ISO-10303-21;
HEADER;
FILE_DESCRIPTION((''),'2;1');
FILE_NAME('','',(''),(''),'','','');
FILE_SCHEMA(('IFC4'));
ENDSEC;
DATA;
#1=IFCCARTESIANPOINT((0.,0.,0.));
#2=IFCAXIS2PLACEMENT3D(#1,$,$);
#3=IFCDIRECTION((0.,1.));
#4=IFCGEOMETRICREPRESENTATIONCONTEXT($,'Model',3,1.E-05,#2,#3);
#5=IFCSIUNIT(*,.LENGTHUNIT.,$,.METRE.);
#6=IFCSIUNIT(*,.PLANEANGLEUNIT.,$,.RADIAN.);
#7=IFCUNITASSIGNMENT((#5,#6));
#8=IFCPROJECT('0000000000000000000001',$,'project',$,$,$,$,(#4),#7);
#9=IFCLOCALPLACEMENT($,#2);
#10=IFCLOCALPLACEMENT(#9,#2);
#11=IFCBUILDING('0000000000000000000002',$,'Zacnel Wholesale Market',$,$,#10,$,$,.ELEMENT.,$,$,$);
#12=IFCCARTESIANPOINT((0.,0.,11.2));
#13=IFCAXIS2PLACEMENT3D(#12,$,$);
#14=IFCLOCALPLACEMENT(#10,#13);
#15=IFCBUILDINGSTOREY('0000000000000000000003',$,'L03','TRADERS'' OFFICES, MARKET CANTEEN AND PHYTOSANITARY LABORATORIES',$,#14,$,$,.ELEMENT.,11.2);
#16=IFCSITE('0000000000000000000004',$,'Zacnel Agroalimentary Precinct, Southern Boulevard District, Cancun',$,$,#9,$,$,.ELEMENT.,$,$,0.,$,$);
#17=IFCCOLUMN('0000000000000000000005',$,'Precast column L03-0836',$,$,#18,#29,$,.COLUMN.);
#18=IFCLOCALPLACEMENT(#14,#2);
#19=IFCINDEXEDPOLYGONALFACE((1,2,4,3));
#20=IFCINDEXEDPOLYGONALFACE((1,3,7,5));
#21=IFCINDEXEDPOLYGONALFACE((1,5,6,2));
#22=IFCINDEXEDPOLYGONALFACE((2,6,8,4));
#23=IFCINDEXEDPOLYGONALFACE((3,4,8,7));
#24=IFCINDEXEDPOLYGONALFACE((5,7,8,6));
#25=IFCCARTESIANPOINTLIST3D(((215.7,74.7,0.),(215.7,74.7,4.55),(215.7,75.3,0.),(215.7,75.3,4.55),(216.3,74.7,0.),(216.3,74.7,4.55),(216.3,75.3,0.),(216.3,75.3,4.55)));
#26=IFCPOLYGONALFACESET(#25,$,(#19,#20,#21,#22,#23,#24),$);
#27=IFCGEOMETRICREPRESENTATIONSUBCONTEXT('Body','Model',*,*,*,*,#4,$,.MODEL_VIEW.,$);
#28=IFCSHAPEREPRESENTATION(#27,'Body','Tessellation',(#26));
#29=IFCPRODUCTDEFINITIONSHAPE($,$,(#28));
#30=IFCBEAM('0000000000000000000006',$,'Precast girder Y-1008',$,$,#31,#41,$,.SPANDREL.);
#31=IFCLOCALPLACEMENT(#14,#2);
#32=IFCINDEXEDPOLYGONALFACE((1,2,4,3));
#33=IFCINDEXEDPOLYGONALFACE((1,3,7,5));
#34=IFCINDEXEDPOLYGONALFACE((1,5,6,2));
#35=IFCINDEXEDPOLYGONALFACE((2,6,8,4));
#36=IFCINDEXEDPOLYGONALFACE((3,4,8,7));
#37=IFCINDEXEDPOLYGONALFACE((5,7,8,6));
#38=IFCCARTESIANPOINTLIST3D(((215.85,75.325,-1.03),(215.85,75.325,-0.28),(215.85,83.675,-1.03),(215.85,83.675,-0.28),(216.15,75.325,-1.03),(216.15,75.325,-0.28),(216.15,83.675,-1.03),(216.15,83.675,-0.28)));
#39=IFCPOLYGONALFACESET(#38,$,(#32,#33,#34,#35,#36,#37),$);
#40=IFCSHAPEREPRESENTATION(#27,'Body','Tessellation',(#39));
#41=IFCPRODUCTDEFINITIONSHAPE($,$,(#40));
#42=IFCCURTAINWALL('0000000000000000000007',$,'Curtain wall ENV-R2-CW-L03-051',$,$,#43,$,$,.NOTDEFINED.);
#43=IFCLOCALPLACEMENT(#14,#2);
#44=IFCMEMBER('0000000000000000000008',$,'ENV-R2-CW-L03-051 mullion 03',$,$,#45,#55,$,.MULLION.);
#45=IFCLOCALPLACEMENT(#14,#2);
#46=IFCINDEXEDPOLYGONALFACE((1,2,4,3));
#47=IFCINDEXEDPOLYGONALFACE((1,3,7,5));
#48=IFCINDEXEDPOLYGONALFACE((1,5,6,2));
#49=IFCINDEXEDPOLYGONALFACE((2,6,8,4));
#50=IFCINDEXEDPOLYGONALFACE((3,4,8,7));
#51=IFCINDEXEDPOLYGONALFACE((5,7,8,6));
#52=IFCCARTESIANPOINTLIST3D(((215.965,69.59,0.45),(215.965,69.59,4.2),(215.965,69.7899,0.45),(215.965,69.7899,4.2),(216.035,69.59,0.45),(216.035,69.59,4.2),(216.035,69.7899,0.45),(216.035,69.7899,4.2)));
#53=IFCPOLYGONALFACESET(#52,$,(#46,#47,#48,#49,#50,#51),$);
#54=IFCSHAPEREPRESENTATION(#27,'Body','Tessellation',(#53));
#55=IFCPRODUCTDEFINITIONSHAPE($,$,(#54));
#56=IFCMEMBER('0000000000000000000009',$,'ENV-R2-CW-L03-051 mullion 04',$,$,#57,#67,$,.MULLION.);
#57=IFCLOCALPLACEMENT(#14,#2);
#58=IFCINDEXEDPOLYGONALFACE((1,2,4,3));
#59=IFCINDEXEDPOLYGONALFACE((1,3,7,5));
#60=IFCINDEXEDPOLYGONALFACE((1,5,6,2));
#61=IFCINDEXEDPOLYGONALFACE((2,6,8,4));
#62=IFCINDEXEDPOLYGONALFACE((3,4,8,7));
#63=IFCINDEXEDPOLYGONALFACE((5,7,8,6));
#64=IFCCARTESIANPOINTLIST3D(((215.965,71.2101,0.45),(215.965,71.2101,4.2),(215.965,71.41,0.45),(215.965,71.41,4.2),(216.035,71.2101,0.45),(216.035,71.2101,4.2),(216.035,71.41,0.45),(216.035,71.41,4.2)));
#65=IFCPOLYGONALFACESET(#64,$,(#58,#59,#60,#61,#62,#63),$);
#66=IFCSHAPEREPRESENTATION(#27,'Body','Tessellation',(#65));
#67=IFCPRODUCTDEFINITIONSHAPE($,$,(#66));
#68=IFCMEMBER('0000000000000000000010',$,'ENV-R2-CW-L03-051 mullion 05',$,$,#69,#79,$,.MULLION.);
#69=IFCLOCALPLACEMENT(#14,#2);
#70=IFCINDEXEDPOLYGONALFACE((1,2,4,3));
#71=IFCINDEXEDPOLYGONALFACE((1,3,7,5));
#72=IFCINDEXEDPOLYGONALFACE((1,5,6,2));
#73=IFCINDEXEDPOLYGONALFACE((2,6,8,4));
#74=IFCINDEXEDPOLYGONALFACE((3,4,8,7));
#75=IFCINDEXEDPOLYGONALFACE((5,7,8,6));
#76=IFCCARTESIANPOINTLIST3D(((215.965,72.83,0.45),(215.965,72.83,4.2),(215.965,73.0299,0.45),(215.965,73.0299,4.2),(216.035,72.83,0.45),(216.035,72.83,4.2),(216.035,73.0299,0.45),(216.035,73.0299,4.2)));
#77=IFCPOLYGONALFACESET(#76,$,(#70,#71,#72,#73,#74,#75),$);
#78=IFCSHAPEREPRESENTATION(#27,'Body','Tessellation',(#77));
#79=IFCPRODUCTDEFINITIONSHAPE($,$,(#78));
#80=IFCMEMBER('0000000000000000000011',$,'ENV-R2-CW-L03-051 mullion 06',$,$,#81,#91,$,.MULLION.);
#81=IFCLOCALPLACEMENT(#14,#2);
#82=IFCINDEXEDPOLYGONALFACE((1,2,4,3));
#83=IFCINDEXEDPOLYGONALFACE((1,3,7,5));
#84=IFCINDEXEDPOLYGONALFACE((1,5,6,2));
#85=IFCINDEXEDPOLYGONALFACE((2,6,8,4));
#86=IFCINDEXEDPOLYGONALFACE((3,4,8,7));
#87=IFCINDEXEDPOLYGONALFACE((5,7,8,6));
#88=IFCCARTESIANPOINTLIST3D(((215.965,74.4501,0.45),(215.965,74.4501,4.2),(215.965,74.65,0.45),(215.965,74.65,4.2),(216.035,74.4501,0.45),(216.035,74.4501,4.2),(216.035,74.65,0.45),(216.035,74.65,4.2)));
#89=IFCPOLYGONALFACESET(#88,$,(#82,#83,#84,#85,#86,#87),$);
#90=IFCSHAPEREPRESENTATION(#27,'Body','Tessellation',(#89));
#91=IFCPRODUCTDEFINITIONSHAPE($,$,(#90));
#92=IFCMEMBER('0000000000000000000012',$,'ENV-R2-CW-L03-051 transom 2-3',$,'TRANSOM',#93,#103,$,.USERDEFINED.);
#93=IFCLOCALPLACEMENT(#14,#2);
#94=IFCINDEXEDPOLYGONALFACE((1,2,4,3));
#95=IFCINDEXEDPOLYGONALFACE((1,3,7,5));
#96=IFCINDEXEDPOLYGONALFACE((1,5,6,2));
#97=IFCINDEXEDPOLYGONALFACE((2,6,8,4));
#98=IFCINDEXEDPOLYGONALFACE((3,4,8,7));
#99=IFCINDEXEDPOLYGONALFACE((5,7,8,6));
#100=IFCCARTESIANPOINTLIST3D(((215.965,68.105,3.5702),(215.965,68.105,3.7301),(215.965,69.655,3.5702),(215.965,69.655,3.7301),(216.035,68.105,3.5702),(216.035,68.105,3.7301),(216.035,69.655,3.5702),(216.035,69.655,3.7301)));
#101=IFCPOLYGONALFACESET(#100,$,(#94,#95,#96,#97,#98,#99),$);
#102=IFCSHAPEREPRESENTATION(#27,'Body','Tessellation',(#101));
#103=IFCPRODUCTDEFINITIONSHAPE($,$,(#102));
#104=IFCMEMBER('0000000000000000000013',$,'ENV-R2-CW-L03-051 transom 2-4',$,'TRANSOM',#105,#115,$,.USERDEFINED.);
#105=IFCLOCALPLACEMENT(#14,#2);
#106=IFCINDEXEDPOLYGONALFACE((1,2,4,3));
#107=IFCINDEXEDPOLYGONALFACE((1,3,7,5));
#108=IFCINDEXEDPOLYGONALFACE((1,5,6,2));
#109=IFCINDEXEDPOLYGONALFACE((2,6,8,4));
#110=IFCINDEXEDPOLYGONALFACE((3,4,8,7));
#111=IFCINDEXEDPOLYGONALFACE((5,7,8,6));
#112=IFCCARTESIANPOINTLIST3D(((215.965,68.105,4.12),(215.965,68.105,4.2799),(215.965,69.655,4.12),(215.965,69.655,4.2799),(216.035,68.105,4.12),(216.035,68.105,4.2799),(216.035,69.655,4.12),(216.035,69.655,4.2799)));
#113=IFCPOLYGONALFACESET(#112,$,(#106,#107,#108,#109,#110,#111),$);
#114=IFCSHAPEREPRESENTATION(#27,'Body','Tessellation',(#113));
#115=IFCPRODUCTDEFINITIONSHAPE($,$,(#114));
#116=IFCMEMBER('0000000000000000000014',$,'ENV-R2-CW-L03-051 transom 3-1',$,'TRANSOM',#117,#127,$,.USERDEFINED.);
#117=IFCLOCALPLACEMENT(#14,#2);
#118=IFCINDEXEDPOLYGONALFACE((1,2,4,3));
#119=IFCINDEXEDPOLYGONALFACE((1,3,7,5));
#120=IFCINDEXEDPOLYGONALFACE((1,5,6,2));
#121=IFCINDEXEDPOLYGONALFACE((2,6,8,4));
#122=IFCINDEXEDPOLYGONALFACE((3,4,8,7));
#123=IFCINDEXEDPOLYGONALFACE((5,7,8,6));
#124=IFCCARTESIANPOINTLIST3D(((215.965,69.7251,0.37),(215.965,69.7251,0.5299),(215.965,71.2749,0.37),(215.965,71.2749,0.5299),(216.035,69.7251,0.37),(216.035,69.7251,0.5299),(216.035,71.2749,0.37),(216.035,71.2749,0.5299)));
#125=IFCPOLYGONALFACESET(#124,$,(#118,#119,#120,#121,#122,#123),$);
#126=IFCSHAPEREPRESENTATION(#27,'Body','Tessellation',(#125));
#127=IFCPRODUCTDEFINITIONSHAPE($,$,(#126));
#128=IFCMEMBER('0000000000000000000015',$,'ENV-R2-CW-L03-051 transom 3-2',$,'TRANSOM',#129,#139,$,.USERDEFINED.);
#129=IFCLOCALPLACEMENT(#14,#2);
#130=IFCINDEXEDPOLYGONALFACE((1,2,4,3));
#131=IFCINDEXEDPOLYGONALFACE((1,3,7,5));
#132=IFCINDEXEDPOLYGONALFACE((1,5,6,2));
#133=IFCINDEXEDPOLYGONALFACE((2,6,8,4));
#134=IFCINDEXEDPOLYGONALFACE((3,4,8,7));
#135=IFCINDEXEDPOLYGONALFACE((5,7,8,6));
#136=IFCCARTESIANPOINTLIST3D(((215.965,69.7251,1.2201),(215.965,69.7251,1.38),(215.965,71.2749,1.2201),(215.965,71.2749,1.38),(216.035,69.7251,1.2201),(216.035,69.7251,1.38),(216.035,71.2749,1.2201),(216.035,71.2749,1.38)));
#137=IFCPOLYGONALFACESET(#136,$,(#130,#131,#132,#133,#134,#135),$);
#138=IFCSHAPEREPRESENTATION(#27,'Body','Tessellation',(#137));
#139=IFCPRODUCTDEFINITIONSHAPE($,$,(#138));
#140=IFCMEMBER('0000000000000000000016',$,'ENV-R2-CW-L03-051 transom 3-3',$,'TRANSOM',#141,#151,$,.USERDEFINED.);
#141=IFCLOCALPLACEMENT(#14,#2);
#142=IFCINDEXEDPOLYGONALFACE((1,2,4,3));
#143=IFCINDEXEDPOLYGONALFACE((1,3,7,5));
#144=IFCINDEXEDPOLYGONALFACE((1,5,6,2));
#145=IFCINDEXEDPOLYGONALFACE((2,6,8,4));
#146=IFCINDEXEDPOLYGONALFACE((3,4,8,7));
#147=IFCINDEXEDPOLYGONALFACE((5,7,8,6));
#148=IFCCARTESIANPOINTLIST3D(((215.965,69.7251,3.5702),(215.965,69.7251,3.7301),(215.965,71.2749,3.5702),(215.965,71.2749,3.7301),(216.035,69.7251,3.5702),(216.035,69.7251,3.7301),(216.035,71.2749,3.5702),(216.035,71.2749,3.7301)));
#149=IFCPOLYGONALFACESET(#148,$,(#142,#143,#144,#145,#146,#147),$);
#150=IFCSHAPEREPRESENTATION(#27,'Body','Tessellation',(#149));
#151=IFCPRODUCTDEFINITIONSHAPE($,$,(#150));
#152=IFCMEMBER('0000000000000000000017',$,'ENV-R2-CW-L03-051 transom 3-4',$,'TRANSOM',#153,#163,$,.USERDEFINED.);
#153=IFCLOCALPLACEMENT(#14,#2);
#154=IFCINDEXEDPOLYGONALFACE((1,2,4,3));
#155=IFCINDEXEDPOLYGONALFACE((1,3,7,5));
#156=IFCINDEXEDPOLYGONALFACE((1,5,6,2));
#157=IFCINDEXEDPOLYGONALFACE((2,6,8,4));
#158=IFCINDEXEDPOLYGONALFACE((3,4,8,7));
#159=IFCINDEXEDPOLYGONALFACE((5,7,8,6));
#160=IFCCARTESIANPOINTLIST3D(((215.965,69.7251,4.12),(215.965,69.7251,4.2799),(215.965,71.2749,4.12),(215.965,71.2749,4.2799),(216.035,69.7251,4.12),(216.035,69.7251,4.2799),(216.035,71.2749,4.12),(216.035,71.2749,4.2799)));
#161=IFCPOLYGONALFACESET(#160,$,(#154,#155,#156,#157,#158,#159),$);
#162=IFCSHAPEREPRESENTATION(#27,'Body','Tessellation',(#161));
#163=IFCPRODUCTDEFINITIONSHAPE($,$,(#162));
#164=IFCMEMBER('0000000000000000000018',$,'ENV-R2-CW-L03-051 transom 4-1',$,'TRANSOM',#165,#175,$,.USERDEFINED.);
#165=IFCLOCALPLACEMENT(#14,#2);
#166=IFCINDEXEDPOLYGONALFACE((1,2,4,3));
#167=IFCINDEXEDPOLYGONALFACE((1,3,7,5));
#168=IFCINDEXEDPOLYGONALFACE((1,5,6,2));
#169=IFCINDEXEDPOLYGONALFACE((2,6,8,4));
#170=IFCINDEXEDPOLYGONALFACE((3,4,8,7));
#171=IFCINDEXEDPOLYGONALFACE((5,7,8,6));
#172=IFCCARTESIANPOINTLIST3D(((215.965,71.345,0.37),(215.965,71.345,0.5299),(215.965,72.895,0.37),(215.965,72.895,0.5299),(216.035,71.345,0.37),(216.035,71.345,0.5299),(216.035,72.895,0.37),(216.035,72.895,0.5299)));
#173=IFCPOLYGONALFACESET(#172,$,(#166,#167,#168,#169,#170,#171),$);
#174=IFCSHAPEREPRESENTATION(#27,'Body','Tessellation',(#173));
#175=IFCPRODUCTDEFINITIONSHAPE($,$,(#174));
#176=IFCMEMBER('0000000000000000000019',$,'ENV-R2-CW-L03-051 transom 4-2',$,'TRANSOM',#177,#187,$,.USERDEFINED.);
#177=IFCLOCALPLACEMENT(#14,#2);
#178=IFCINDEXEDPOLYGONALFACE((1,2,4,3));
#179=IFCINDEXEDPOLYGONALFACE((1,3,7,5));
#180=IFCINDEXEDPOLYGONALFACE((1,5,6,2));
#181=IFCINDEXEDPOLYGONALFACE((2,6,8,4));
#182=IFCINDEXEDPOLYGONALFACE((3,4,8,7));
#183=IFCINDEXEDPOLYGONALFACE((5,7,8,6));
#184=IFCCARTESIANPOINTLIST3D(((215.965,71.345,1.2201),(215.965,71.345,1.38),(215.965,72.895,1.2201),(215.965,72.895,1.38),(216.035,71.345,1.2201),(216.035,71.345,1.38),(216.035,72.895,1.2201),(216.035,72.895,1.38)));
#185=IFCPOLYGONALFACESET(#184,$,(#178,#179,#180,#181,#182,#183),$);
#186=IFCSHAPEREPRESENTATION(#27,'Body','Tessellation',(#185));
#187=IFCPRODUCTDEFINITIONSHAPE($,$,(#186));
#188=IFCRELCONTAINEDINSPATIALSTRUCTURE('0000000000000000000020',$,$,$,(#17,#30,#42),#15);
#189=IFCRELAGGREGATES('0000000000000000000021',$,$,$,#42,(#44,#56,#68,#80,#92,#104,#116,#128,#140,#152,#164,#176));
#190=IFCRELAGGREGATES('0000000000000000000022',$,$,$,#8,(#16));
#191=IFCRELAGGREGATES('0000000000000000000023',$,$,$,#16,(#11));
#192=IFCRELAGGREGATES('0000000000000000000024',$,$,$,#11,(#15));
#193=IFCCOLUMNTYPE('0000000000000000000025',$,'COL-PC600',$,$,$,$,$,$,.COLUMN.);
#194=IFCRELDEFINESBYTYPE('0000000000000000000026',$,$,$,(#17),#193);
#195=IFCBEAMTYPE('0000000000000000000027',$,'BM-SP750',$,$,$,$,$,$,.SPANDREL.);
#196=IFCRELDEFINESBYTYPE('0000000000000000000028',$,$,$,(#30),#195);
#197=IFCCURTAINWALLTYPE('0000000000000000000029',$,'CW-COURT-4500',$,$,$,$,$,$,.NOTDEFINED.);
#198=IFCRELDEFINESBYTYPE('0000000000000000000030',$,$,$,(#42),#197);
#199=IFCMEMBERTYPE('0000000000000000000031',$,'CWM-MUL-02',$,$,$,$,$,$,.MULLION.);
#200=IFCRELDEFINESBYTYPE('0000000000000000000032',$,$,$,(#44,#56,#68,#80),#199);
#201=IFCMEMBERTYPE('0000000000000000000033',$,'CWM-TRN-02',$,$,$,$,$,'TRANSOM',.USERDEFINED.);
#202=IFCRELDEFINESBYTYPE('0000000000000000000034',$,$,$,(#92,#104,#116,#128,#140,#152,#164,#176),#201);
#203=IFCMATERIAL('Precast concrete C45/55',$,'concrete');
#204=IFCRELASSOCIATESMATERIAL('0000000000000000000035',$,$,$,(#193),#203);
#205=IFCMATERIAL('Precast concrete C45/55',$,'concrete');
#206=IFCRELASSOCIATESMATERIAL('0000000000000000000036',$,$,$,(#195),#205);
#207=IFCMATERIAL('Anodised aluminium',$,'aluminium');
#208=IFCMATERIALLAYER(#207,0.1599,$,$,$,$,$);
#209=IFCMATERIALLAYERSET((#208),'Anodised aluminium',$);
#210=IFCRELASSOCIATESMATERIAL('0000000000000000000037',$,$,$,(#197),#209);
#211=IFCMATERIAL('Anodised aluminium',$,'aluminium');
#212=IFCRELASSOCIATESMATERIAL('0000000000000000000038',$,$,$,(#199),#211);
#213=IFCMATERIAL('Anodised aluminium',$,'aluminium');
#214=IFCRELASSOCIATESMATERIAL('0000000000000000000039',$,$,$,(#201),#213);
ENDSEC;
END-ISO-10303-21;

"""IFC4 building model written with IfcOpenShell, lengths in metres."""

from ifc_helpers import new_model, si_unit, direction, frame, origin, origin_2d, place, context, subcontext, project, spatial, rectangle, extrude, material, layer, layer_set, material_profile, profile_set, type_object, element, aggregate, save


model = new_model("IFC4")

# Units and contexts
model_context = context("Model", 3, precision=1e-05, world=origin(), true_north=direction((0.0, 1.0)))
body_context = subcontext(model_context, "Body", "Model", "MODEL_VIEW")
ifc_project = project(units=[si_unit("LENGTHUNIT", "METRE"), si_unit("PLANEANGLEUNIT", "RADIAN")], contexts=[model_context])

# Site, building, storey
site_placement = place(None, origin())
site = spatial("IfcSite", under=ifc_project, at=site_placement, Name="Zacnel Agroalimentary Precinct, Southern Boulevard District, Cancun", CompositionType="ELEMENT", RefElevation=0.0)
building_placement = place(site_placement, origin())
building = spatial("IfcBuilding", under=site, at=building_placement, Name="Zacnel Wholesale Market", CompositionType="ELEMENT")
storey_placement = place(building_placement, frame((0.0, 0.0, 11.2)))
storey = spatial("IfcBuildingStorey", under=building, at=storey_placement, Name="L03", Description="TRADERS' OFFICES, MARKET CANTEEN AND PHYTOSANITARY LABORATORIES", CompositionType="ELEMENT", Elevation=11.2)

# Column
ifc_material_1 = material(Name="Precast concrete C45/55", Category="concrete")
ifc_material_profile_1 = material_profile(ifc_material_1, rectangle(XDim=0.6001, YDim=0.6001, at=origin_2d()), Name="PC 600x600")
ifc_profile_set_1 = profile_set([ifc_material_profile_1], Name="Precast concrete C45/55")
column_type = type_object("IfcColumnType", Name="COL-PC600", PredefinedType="COLUMN", material=ifc_profile_set_1)
column_placement = place(storey_placement, frame((216.0, 75.0, 0.0), z_axis=(0.0, 0.0, 1.0), x_axis=(1.0, 0.0, 0.0)))
element("IfcColumn", 1, at=column_placement, inside=storey, type_object=column_type, Name="Precast column L03-0836", PredefinedType="COLUMN", context=body_context, shape_type="SweptSolid", body=[
    extrude(rectangle(XDim=0.6001, YDim=0.6001, at=origin_2d()), origin(), (0.0, 0.0, 1.0), 4.55),
])

# Beam
ifc_material_2 = material(Name="Precast concrete C45/55", Category="concrete")
ifc_material_profile_2 = material_profile(ifc_material_2, rectangle(XDim=0.3, YDim=0.75, at=origin_2d()), Name="SP 300x750")
ifc_profile_set_2 = profile_set([ifc_material_profile_2], Name="Precast concrete C45/55")
beam_type = type_object("IfcBeamType", Name="BM-SP750", PredefinedType="SPANDREL", material=ifc_profile_set_2)
beam_placement = place(storey_placement, frame((216.0, 75.325, -0.655), z_axis=(0.0, 1.0, 0.0), x_axis=(-1.0, 0.0, 0.0)))
element("IfcBeam", 2, at=beam_placement, inside=storey, type_object=beam_type, Name="Precast girder Y-1008", PredefinedType="SPANDREL", context=body_context, shape_type="SweptSolid", body=[
    extrude(rectangle(XDim=0.3, YDim=0.75, at=origin_2d()), origin(), (0.0, 0.0, 1.0), 8.3501),
])

# Curtain wall, members
ifc_material_3 = material(Name="Anodised aluminium", Category="aluminium")
ifc_layer_1 = layer(ifc_material_3, 0.1599)
ifc_layer_set_1 = layer_set([ifc_layer_1], Name="Anodised aluminium")
curtain_wall_type = type_object("IfcCurtainWallType", Name="CW-COURT-4500", PredefinedType="NOTDEFINED", material=ifc_layer_set_1)
curtain_wall_placement = place(storey_placement, origin())
curtain_wall = element("IfcCurtainWall", 3, at=curtain_wall_placement, inside=storey, type_object=curtain_wall_type, Name="Curtain wall ENV-R2-CW-L03-051", PredefinedType="NOTDEFINED")
ifc_material_4 = material(Name="Anodised aluminium", Category="aluminium")
ifc_material_profile_3 = material_profile(ifc_material_4, rectangle(XDim=0.0701, YDim=0.2, at=origin_2d()), Name="AW-MULLION 70x200")
ifc_profile_set_3 = profile_set([ifc_material_profile_3], Name="Anodised aluminium")
member_type_1 = type_object("IfcMemberType", Name="CWM-MUL-02", PredefinedType="MULLION", material=ifc_profile_set_3)
member_1_placement = place(storey_placement, frame((216.0, 69.6899, 0.45), z_axis=(0.0, 0.0, 1.0), x_axis=(1.0, 0.0, 0.0)))
member_1 = element("IfcMember", 4, at=member_1_placement, type_object=member_type_1, Name="ENV-R2-CW-L03-051 mullion 03", PredefinedType="MULLION", context=body_context, shape_type="SweptSolid", body=[
    extrude(rectangle(XDim=0.0701, YDim=0.2, at=origin_2d()), origin(), (0.0, 0.0, 1.0), 3.75),
])
member_2_placement = place(storey_placement, frame((216.0, 71.3101, 0.45), z_axis=(0.0, 0.0, 1.0), x_axis=(1.0, 0.0, 0.0)))
member_2 = element("IfcMember", 5, at=member_2_placement, type_object=member_type_1, Name="ENV-R2-CW-L03-051 mullion 04", PredefinedType="MULLION", context=body_context, shape_type="SweptSolid", body=[
    extrude(rectangle(XDim=0.0701, YDim=0.2, at=origin_2d()), origin(), (0.0, 0.0, 1.0), 3.75),
])
member_3_placement = place(storey_placement, frame((216.0, 72.9299, 0.45), z_axis=(0.0, 0.0, 1.0), x_axis=(1.0, 0.0, 0.0)))
member_3 = element("IfcMember", 6, at=member_3_placement, type_object=member_type_1, Name="ENV-R2-CW-L03-051 mullion 05", PredefinedType="MULLION", context=body_context, shape_type="SweptSolid", body=[
    extrude(rectangle(XDim=0.0701, YDim=0.2, at=origin_2d()), origin(), (0.0, 0.0, 1.0), 3.75),
])
member_4_placement = place(storey_placement, frame((216.0, 74.55, 0.45), z_axis=(0.0, 0.0, 1.0), x_axis=(1.0, 0.0, 0.0)))
member_4 = element("IfcMember", 7, at=member_4_placement, type_object=member_type_1, Name="ENV-R2-CW-L03-051 mullion 06", PredefinedType="MULLION", context=body_context, shape_type="SweptSolid", body=[
    extrude(rectangle(XDim=0.0701, YDim=0.2, at=origin_2d()), origin(), (0.0, 0.0, 1.0), 3.75),
])
ifc_material_5 = material(Name="Anodised aluminium", Category="aluminium")
ifc_material_profile_4 = material_profile(ifc_material_5, rectangle(XDim=0.0701, YDim=0.1599, at=origin_2d()), Name="AW-TRANSOM 70x160")
ifc_profile_set_4 = profile_set([ifc_material_profile_4], Name="Anodised aluminium")
member_type_2 = type_object("IfcMemberType", Name="CWM-TRN-02", ElementType="TRANSOM", PredefinedType="USERDEFINED", material=ifc_profile_set_4)
member_5_placement = place(storey_placement, frame((216.0, 68.105, 3.6501), z_axis=(0.0, 1.0, 0.0), x_axis=(-1.0, 0.0, 0.0)))
member_5 = element("IfcMember", 8, at=member_5_placement, type_object=member_type_2, Name="ENV-R2-CW-L03-051 transom 2-3", ObjectType="TRANSOM", PredefinedType="USERDEFINED", context=body_context, shape_type="SweptSolid", body=[
    extrude(rectangle(XDim=0.0701, YDim=0.1599, at=origin_2d()), origin(), (0.0, 0.0, 1.0), 1.55),
])
member_6_placement = place(storey_placement, frame((216.0, 68.105, 4.2), z_axis=(0.0, 1.0, 0.0), x_axis=(-1.0, 0.0, 0.0)))
member_6 = element("IfcMember", 9, at=member_6_placement, type_object=member_type_2, Name="ENV-R2-CW-L03-051 transom 2-4", ObjectType="TRANSOM", PredefinedType="USERDEFINED", context=body_context, shape_type="SweptSolid", body=[
    extrude(rectangle(XDim=0.0701, YDim=0.1599, at=origin_2d()), origin(), (0.0, 0.0, 1.0), 1.55),
])
member_7_placement = place(storey_placement, frame((216.0, 69.7251, 0.45), z_axis=(0.0, 1.0, 0.0), x_axis=(-1.0, 0.0, 0.0)))
member_7 = element("IfcMember", 10, at=member_7_placement, type_object=member_type_2, Name="ENV-R2-CW-L03-051 transom 3-1", ObjectType="TRANSOM", PredefinedType="USERDEFINED", context=body_context, shape_type="SweptSolid", body=[
    extrude(rectangle(XDim=0.0701, YDim=0.1599, at=origin_2d()), origin(), (0.0, 0.0, 1.0), 1.5498),
])
member_8_placement = place(storey_placement, frame((216.0, 69.7251, 1.3), z_axis=(0.0, 1.0, 0.0), x_axis=(-1.0, 0.0, 0.0)))
member_8 = element("IfcMember", 11, at=member_8_placement, type_object=member_type_2, Name="ENV-R2-CW-L03-051 transom 3-2", ObjectType="TRANSOM", PredefinedType="USERDEFINED", context=body_context, shape_type="SweptSolid", body=[
    extrude(rectangle(XDim=0.0701, YDim=0.1599, at=origin_2d()), origin(), (0.0, 0.0, 1.0), 1.5498),
])
member_9_placement = place(storey_placement, frame((216.0, 69.7251, 3.6501), z_axis=(0.0, 1.0, 0.0), x_axis=(-1.0, 0.0, 0.0)))
member_9 = element("IfcMember", 12, at=member_9_placement, type_object=member_type_2, Name="ENV-R2-CW-L03-051 transom 3-3", ObjectType="TRANSOM", PredefinedType="USERDEFINED", context=body_context, shape_type="SweptSolid", body=[
    extrude(rectangle(XDim=0.0701, YDim=0.1599, at=origin_2d()), origin(), (0.0, 0.0, 1.0), 1.5498),
])
member_10_placement = place(storey_placement, frame((216.0, 69.7251, 4.2), z_axis=(0.0, 1.0, 0.0), x_axis=(-1.0, 0.0, 0.0)))
member_10 = element("IfcMember", 13, at=member_10_placement, type_object=member_type_2, Name="ENV-R2-CW-L03-051 transom 3-4", ObjectType="TRANSOM", PredefinedType="USERDEFINED", context=body_context, shape_type="SweptSolid", body=[
    extrude(rectangle(XDim=0.0701, YDim=0.1599, at=origin_2d()), origin(), (0.0, 0.0, 1.0), 1.5498),
])
member_11_placement = place(storey_placement, frame((216.0, 71.345, 0.45), z_axis=(0.0, 1.0, 0.0), x_axis=(-1.0, 0.0, 0.0)))
member_11 = element("IfcMember", 14, at=member_11_placement, type_object=member_type_2, Name="ENV-R2-CW-L03-051 transom 4-1", ObjectType="TRANSOM", PredefinedType="USERDEFINED", context=body_context, shape_type="SweptSolid", body=[
    extrude(rectangle(XDim=0.0701, YDim=0.1599, at=origin_2d()), origin(), (0.0, 0.0, 1.0), 1.55),
])
member_12_placement = place(storey_placement, frame((216.0, 71.345, 1.3), z_axis=(0.0, 1.0, 0.0), x_axis=(-1.0, 0.0, 0.0)))
member_12 = element("IfcMember", 15, at=member_12_placement, type_object=member_type_2, Name="ENV-R2-CW-L03-051 transom 4-2", ObjectType="TRANSOM", PredefinedType="USERDEFINED", context=body_context, shape_type="SweptSolid", body=[
    extrude(rectangle(XDim=0.0701, YDim=0.1599, at=origin_2d()), origin(), (0.0, 0.0, 1.0), 1.55),
])
aggregate(curtain_wall, [member_1, member_2, member_3, member_4, member_5, member_6, member_7, member_8, member_9, member_10, member_11, member_12])

save(model, "model.ifc")
